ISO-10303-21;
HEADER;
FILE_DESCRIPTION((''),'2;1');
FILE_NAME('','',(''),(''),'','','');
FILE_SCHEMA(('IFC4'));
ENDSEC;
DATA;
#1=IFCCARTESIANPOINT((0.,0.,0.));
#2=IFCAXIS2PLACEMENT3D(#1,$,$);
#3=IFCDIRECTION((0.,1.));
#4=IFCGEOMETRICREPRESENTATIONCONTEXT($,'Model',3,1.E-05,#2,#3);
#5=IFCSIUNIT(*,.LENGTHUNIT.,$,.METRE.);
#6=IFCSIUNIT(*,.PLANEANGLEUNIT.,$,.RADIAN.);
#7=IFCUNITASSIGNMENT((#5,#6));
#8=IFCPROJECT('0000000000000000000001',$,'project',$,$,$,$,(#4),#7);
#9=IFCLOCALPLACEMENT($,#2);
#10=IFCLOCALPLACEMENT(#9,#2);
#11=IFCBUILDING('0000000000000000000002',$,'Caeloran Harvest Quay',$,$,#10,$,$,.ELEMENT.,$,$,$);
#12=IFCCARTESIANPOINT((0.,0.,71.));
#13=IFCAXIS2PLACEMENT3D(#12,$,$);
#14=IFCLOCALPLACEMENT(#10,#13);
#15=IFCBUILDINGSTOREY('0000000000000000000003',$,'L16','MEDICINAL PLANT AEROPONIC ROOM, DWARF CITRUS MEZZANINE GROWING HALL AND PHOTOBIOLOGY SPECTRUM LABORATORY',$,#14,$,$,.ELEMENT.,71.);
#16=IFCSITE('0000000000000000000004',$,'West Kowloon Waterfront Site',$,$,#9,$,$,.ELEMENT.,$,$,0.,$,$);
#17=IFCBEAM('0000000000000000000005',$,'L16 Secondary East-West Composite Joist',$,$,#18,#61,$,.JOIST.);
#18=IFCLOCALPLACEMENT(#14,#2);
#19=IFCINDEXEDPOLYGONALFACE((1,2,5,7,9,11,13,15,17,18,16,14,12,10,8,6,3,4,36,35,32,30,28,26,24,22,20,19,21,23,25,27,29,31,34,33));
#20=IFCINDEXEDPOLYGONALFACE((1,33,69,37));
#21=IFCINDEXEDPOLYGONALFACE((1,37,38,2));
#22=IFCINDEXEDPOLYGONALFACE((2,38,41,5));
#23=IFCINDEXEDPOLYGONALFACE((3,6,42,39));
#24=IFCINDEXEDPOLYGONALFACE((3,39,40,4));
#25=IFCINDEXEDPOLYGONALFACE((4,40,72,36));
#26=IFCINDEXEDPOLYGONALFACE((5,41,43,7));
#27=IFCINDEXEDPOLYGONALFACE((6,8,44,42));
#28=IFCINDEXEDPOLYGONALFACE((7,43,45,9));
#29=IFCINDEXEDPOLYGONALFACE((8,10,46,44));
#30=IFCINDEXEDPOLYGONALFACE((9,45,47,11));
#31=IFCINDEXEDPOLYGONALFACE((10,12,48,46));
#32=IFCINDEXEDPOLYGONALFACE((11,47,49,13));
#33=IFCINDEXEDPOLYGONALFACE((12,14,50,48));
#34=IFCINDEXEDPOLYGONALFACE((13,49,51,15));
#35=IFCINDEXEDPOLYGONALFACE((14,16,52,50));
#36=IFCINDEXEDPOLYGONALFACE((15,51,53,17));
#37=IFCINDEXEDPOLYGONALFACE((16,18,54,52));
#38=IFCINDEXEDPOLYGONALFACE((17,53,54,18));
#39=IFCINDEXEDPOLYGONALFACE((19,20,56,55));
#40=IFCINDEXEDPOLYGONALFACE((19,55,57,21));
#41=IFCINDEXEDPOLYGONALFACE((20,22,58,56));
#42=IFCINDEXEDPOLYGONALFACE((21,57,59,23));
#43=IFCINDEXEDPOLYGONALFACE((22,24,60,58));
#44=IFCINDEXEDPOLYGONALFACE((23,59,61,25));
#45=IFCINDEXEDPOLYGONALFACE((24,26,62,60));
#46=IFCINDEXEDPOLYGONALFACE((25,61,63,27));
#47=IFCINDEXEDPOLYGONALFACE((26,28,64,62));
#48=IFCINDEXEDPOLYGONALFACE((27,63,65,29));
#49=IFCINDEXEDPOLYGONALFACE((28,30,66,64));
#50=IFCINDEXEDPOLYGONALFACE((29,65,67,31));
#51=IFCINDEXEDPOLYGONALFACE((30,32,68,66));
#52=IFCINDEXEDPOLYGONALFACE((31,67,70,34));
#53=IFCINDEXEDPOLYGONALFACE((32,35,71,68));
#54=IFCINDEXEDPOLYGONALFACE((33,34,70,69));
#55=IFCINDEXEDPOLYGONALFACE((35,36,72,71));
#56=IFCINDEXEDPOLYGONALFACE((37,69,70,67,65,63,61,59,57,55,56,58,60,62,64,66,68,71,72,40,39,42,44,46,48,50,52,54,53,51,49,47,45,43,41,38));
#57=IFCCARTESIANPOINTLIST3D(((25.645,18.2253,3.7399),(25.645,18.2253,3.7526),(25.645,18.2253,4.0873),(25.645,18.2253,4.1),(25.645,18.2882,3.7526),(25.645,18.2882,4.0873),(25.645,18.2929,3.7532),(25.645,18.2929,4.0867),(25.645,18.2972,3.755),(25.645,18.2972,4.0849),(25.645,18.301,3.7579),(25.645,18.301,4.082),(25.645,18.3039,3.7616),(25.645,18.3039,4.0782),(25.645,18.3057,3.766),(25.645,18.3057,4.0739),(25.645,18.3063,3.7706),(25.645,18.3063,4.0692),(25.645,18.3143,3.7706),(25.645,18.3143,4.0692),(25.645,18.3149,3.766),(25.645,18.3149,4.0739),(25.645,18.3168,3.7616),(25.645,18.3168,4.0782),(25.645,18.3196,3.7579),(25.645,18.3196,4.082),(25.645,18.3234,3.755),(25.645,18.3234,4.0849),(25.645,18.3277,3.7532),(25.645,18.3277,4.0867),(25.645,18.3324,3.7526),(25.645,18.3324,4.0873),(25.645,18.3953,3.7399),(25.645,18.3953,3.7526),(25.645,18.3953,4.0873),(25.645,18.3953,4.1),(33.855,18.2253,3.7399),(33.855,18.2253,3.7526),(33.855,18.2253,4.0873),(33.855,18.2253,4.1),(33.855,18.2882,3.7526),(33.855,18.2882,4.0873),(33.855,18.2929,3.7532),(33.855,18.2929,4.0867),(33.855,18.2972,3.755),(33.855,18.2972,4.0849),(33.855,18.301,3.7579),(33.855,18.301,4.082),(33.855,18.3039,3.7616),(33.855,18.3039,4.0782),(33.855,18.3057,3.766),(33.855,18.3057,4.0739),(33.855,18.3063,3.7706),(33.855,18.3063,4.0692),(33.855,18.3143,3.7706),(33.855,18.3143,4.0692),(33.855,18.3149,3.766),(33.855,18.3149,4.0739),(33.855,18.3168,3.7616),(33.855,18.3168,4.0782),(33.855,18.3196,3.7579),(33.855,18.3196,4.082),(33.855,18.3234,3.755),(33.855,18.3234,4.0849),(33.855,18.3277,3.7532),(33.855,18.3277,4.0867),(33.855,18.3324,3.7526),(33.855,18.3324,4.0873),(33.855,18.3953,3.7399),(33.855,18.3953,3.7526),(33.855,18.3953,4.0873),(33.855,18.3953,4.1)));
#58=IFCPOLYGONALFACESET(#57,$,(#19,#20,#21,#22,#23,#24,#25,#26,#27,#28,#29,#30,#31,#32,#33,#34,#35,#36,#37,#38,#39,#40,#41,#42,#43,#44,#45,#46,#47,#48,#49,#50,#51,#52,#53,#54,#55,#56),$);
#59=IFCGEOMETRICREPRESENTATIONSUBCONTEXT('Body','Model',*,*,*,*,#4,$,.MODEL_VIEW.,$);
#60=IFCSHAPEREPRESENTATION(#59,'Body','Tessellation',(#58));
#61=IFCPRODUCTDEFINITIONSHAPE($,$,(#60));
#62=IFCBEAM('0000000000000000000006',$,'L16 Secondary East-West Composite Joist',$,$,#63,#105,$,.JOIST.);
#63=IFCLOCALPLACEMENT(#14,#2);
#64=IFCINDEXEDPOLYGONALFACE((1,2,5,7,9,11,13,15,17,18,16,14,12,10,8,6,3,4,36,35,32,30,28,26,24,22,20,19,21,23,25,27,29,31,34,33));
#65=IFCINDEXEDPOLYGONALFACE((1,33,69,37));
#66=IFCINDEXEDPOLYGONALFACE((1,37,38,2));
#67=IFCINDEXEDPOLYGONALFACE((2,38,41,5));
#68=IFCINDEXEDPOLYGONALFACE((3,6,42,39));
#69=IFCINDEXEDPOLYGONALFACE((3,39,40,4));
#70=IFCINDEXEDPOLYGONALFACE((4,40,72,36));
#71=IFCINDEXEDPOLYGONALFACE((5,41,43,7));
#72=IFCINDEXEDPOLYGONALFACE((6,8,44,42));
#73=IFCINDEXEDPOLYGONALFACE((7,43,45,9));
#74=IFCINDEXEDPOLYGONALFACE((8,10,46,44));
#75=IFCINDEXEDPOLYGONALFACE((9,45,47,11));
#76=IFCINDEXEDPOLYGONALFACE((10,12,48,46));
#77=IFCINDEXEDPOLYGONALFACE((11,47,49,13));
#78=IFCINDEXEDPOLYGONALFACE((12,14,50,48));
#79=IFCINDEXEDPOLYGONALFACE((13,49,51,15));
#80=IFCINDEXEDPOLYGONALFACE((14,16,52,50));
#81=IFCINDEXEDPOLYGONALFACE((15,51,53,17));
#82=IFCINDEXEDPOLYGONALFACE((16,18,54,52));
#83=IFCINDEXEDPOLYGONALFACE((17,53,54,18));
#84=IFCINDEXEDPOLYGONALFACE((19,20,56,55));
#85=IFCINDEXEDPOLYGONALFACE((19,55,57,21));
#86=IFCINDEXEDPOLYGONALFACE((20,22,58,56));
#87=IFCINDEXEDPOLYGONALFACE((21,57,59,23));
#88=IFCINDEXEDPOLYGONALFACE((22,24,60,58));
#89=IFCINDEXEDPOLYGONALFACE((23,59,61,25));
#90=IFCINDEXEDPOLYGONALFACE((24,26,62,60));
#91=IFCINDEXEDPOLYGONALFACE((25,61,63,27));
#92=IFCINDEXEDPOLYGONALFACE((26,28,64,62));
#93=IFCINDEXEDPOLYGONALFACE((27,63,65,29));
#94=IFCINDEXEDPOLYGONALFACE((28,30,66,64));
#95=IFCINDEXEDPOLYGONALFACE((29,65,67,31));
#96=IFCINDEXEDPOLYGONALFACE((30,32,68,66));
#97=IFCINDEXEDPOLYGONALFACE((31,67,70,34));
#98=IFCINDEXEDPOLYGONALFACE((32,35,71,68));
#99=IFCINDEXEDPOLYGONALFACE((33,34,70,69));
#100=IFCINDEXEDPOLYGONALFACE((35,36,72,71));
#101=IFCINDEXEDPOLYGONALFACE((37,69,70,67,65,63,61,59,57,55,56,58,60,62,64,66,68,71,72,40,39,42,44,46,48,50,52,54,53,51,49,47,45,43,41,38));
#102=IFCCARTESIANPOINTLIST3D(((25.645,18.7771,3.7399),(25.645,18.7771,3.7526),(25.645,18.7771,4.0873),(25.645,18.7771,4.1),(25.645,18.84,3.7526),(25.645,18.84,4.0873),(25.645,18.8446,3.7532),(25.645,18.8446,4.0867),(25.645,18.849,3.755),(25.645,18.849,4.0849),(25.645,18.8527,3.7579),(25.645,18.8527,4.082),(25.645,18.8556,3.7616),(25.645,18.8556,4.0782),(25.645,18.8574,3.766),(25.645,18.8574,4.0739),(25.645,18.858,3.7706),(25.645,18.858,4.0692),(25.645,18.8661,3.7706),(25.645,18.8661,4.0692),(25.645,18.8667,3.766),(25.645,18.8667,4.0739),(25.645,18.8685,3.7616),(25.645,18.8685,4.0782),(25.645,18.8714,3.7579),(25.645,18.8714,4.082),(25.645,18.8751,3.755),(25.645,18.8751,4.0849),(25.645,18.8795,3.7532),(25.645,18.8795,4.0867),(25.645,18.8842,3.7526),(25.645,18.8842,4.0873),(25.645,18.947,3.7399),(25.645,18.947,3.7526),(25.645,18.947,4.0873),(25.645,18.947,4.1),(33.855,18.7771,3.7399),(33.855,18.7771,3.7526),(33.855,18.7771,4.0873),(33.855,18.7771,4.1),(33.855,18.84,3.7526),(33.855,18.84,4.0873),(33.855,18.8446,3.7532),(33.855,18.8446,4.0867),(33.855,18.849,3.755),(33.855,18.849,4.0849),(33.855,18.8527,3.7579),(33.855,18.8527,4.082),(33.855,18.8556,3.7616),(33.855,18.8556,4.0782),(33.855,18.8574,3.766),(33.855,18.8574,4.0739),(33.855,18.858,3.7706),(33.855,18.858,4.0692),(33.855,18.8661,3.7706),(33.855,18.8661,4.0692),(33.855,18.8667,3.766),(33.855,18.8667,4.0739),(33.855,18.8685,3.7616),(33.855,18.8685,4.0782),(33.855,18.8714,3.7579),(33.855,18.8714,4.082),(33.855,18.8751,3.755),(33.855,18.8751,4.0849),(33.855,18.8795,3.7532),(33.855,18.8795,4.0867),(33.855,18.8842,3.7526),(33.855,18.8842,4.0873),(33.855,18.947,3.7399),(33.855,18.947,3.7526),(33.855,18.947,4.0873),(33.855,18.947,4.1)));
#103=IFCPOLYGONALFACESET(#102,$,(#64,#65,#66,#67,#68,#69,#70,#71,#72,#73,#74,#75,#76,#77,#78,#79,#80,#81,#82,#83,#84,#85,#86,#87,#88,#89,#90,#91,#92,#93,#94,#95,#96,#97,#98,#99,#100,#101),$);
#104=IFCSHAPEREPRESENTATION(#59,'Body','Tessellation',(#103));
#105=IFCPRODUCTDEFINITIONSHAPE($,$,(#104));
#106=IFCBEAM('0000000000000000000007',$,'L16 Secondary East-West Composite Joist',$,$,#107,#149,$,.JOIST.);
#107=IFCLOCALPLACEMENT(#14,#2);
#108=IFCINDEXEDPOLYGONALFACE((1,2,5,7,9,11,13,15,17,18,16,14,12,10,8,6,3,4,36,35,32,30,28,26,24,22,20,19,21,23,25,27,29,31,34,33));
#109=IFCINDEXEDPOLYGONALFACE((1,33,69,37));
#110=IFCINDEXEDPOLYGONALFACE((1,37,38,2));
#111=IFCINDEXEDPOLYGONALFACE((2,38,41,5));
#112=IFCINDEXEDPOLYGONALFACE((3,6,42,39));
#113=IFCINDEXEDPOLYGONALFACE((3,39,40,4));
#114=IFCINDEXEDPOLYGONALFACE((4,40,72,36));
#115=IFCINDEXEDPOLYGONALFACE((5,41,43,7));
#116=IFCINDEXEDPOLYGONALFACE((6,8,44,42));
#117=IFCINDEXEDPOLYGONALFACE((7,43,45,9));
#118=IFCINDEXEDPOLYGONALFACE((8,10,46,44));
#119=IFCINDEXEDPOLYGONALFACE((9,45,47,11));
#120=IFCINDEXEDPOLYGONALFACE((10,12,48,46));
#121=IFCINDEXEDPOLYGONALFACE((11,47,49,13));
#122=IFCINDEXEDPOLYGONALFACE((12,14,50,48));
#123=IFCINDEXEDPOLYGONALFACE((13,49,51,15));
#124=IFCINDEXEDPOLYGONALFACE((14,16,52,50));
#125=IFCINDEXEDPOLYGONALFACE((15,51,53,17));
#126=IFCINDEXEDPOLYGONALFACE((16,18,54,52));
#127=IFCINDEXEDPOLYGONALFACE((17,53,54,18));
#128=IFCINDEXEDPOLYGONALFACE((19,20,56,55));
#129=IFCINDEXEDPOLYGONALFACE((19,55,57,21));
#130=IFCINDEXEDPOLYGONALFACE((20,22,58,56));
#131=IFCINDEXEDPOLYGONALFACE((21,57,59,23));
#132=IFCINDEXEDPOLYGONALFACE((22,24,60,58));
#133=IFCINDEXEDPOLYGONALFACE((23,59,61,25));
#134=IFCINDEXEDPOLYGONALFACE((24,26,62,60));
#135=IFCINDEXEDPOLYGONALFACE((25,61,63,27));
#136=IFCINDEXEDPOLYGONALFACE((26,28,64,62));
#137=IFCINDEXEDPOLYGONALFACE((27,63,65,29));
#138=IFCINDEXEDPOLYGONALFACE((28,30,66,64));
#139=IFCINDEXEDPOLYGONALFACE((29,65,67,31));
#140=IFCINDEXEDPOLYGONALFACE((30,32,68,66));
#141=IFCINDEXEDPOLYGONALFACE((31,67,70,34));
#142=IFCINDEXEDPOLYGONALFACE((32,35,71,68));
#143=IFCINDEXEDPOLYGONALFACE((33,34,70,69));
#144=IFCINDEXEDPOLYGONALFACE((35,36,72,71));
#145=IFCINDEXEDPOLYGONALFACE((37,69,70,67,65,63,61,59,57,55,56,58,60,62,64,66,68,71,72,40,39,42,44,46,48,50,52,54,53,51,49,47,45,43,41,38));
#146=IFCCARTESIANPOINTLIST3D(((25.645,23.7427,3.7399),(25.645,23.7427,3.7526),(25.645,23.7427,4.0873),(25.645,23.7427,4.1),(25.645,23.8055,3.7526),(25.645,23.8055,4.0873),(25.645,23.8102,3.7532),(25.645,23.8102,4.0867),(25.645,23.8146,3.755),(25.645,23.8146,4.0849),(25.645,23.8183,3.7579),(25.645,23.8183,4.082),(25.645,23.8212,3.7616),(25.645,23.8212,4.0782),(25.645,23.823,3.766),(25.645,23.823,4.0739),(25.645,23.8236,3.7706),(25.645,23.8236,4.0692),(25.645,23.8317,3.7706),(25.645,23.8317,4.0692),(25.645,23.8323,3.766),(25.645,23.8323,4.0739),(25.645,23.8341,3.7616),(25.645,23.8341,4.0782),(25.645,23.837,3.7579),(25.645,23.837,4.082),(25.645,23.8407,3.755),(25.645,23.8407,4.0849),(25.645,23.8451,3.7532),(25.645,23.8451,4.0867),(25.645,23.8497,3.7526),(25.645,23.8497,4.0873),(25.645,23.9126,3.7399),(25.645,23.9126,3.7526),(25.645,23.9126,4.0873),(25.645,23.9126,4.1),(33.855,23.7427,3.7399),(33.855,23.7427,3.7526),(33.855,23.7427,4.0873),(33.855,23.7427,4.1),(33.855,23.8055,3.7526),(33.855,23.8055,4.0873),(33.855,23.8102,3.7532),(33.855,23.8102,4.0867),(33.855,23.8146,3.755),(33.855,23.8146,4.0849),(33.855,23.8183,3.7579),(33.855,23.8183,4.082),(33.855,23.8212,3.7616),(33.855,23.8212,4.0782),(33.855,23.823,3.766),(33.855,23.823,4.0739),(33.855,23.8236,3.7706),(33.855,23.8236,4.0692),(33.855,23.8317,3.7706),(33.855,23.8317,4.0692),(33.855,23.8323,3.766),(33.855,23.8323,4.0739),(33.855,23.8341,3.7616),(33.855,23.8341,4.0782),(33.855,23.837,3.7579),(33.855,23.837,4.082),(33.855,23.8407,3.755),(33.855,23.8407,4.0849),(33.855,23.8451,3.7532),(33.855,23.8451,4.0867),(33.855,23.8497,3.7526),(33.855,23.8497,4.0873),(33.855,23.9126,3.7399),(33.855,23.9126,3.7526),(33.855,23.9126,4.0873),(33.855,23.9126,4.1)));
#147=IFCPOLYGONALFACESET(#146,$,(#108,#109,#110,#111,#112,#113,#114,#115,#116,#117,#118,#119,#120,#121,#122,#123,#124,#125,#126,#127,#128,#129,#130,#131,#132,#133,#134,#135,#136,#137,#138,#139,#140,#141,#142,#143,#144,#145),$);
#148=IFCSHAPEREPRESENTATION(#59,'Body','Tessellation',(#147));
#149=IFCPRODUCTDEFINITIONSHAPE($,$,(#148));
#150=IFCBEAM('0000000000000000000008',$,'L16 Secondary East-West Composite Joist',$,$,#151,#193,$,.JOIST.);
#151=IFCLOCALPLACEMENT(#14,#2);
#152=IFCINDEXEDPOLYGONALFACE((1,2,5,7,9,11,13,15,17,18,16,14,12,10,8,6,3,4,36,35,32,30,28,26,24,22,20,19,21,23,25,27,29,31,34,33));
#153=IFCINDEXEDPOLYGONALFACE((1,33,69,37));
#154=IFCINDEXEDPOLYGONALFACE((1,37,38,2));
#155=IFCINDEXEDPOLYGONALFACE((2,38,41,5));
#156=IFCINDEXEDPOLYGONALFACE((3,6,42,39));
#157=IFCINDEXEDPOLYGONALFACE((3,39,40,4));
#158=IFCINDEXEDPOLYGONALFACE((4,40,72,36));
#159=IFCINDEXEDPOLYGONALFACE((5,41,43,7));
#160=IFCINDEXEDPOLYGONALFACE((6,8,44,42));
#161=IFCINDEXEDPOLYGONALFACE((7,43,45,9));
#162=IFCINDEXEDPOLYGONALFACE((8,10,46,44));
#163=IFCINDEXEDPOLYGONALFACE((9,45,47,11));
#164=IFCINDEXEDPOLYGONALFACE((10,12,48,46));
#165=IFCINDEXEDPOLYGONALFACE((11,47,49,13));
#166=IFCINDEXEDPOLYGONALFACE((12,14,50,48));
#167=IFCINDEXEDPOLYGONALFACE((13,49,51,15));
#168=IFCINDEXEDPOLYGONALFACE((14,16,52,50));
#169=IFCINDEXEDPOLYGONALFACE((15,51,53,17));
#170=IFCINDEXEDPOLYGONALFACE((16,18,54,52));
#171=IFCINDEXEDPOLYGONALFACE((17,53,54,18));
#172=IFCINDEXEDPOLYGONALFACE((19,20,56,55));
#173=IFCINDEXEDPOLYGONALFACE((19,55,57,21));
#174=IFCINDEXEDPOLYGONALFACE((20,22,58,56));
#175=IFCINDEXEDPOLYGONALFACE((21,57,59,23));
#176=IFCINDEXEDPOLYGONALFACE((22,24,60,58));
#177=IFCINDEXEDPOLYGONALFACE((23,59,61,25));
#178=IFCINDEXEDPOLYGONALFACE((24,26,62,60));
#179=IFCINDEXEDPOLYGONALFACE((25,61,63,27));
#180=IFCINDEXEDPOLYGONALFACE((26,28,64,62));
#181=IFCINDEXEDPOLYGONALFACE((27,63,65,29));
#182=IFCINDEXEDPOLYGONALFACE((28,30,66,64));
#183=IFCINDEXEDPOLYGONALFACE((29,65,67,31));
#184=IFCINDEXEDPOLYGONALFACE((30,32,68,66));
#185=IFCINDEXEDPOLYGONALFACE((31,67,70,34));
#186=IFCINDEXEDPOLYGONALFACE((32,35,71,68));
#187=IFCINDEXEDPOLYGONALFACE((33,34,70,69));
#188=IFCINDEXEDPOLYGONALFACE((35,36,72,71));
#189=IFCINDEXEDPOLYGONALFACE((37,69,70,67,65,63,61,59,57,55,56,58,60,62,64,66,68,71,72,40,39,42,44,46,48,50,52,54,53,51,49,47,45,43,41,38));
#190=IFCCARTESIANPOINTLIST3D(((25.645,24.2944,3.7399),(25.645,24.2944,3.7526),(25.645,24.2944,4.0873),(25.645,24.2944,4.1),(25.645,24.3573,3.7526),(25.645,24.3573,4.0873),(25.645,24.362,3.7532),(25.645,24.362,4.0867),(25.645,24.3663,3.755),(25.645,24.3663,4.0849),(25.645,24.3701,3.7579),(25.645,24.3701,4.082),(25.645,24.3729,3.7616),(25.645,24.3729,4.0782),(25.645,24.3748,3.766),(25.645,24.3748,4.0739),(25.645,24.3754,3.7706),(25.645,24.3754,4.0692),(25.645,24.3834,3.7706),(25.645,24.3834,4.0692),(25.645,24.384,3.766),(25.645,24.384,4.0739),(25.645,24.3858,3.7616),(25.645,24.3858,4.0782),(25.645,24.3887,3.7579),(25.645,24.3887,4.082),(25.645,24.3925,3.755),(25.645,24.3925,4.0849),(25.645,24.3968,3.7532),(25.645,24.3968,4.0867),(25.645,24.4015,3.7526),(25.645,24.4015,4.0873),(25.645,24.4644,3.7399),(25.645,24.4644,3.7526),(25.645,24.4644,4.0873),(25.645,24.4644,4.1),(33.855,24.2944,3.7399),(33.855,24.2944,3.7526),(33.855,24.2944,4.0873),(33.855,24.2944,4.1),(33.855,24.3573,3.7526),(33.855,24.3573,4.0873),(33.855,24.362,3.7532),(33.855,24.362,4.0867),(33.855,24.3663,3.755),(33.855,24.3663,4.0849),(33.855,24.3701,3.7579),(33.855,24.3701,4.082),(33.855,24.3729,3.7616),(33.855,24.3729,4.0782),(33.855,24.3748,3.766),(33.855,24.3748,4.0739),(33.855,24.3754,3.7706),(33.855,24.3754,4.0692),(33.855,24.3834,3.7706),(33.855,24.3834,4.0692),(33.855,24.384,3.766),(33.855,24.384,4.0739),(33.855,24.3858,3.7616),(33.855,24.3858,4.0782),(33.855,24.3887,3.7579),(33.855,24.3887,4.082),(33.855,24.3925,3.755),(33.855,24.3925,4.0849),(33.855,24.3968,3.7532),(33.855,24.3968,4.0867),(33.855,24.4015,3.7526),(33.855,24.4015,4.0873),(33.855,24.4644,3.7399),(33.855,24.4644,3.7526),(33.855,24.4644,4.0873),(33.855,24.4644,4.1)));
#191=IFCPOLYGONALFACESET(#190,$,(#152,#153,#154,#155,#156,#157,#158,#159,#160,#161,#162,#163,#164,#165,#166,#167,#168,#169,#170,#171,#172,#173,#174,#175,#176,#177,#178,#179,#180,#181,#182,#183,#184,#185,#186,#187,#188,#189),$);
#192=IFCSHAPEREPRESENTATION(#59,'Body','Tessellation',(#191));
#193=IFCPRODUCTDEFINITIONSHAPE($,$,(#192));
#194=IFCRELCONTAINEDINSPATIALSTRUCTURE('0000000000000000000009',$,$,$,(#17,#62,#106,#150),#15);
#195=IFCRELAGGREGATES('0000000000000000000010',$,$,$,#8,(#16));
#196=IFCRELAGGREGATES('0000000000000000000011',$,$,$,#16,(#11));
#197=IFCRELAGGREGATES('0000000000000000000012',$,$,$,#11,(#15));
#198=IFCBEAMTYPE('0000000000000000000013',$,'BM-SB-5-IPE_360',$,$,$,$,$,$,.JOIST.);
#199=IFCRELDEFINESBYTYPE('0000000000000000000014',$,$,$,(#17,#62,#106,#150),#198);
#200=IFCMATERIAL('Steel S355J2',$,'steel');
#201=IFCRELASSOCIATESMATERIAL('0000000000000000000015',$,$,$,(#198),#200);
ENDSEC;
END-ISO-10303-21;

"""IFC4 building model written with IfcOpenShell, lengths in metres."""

from ifc_helpers import new_model, si_unit, direction, frame, origin, origin_2d, place, context, subcontext, project, spatial, i_section, extrude, material, material_profile, profile_set, type_object, element, save


model = new_model("IFC4")

# Units and contexts
model_context = context("Model", 3, precision=1e-05, world=origin(), true_north=direction((0.0, 1.0)))
body_context = subcontext(model_context, "Body", "Model", "MODEL_VIEW")
ifc_project = project(units=[si_unit("LENGTHUNIT", "METRE"), si_unit("PLANEANGLEUNIT", "RADIAN")], contexts=[model_context])

# Site, building, storey
site_placement = place(None, origin())
site = spatial("IfcSite", under=ifc_project, at=site_placement, Name="West Kowloon Waterfront Site", CompositionType="ELEMENT", RefElevation=0.0)
building_placement = place(site_placement, origin())
building = spatial("IfcBuilding", under=site, at=building_placement, Name="Caeloran Harvest Quay", CompositionType="ELEMENT")
storey_placement = place(building_placement, frame((0.0, 0.0, 71.0)))
storey = spatial("IfcBuildingStorey", under=building, at=storey_placement, Name="L16", Description="MEDICINAL PLANT AEROPONIC ROOM, DWARF CITRUS MEZZANINE GROWING HALL AND PHOTOBIOLOGY SPECTRUM LABORATORY", CompositionType="ELEMENT", Elevation=71.0)

# Beams
ifc_material_1 = material(Name="Steel S355J2", Category="steel")
ifc_material_profile_1 = material_profile(ifc_material_1, i_section(OverallWidth=0.1699, OverallDepth=0.3601, WebThickness=0.0081, FlangeThickness=0.0127, FilletRadius=0.0181, at=origin_2d()), Name="IPE 360")
ifc_profile_set_1 = profile_set([ifc_material_profile_1], Name="Steel S355J2")
beam_type_1 = type_object("IfcBeamType", Name="BM-SB-5-IPE_360", PredefinedType="JOIST", material=ifc_profile_set_1)
for number, where, z_axis, x_axis, name in (
    (1, (25.645, 18.3103, 3.9199), (1.0, 0.0, 0.0), (0.0, 1.0, 0.0), "L16 Secondary East-West Composite Joist"),
    (2, (25.645, 18.8621, 3.9199), (1.0, 0.0, 0.0), (0.0, 1.0, 0.0), "L16 Secondary East-West Composite Joist"),
    (3, (25.645, 23.8276, 3.9199), (1.0, 0.0, 0.0), (0.0, 1.0, 0.0), "L16 Secondary East-West Composite Joist"),
    (4, (25.645, 24.3794, 3.9199), (1.0, 0.0, 0.0), (0.0, 1.0, 0.0), "L16 Secondary East-West Composite Joist"),
):
    element("IfcBeam", number, at=place(storey_placement, frame(where, z_axis=z_axis, x_axis=x_axis)), inside=storey, type_object=beam_type_1, Name=name, PredefinedType="JOIST", context=body_context, shape_type="SweptSolid", body=[
        extrude(i_section(OverallWidth=0.1699, OverallDepth=0.3601, WebThickness=0.0081, FlangeThickness=0.0127, FilletRadius=0.0181, at=origin_2d()), origin(), (0.0, 0.0, 1.0), 8.21),
    ])

save(model, "model.ifc")
